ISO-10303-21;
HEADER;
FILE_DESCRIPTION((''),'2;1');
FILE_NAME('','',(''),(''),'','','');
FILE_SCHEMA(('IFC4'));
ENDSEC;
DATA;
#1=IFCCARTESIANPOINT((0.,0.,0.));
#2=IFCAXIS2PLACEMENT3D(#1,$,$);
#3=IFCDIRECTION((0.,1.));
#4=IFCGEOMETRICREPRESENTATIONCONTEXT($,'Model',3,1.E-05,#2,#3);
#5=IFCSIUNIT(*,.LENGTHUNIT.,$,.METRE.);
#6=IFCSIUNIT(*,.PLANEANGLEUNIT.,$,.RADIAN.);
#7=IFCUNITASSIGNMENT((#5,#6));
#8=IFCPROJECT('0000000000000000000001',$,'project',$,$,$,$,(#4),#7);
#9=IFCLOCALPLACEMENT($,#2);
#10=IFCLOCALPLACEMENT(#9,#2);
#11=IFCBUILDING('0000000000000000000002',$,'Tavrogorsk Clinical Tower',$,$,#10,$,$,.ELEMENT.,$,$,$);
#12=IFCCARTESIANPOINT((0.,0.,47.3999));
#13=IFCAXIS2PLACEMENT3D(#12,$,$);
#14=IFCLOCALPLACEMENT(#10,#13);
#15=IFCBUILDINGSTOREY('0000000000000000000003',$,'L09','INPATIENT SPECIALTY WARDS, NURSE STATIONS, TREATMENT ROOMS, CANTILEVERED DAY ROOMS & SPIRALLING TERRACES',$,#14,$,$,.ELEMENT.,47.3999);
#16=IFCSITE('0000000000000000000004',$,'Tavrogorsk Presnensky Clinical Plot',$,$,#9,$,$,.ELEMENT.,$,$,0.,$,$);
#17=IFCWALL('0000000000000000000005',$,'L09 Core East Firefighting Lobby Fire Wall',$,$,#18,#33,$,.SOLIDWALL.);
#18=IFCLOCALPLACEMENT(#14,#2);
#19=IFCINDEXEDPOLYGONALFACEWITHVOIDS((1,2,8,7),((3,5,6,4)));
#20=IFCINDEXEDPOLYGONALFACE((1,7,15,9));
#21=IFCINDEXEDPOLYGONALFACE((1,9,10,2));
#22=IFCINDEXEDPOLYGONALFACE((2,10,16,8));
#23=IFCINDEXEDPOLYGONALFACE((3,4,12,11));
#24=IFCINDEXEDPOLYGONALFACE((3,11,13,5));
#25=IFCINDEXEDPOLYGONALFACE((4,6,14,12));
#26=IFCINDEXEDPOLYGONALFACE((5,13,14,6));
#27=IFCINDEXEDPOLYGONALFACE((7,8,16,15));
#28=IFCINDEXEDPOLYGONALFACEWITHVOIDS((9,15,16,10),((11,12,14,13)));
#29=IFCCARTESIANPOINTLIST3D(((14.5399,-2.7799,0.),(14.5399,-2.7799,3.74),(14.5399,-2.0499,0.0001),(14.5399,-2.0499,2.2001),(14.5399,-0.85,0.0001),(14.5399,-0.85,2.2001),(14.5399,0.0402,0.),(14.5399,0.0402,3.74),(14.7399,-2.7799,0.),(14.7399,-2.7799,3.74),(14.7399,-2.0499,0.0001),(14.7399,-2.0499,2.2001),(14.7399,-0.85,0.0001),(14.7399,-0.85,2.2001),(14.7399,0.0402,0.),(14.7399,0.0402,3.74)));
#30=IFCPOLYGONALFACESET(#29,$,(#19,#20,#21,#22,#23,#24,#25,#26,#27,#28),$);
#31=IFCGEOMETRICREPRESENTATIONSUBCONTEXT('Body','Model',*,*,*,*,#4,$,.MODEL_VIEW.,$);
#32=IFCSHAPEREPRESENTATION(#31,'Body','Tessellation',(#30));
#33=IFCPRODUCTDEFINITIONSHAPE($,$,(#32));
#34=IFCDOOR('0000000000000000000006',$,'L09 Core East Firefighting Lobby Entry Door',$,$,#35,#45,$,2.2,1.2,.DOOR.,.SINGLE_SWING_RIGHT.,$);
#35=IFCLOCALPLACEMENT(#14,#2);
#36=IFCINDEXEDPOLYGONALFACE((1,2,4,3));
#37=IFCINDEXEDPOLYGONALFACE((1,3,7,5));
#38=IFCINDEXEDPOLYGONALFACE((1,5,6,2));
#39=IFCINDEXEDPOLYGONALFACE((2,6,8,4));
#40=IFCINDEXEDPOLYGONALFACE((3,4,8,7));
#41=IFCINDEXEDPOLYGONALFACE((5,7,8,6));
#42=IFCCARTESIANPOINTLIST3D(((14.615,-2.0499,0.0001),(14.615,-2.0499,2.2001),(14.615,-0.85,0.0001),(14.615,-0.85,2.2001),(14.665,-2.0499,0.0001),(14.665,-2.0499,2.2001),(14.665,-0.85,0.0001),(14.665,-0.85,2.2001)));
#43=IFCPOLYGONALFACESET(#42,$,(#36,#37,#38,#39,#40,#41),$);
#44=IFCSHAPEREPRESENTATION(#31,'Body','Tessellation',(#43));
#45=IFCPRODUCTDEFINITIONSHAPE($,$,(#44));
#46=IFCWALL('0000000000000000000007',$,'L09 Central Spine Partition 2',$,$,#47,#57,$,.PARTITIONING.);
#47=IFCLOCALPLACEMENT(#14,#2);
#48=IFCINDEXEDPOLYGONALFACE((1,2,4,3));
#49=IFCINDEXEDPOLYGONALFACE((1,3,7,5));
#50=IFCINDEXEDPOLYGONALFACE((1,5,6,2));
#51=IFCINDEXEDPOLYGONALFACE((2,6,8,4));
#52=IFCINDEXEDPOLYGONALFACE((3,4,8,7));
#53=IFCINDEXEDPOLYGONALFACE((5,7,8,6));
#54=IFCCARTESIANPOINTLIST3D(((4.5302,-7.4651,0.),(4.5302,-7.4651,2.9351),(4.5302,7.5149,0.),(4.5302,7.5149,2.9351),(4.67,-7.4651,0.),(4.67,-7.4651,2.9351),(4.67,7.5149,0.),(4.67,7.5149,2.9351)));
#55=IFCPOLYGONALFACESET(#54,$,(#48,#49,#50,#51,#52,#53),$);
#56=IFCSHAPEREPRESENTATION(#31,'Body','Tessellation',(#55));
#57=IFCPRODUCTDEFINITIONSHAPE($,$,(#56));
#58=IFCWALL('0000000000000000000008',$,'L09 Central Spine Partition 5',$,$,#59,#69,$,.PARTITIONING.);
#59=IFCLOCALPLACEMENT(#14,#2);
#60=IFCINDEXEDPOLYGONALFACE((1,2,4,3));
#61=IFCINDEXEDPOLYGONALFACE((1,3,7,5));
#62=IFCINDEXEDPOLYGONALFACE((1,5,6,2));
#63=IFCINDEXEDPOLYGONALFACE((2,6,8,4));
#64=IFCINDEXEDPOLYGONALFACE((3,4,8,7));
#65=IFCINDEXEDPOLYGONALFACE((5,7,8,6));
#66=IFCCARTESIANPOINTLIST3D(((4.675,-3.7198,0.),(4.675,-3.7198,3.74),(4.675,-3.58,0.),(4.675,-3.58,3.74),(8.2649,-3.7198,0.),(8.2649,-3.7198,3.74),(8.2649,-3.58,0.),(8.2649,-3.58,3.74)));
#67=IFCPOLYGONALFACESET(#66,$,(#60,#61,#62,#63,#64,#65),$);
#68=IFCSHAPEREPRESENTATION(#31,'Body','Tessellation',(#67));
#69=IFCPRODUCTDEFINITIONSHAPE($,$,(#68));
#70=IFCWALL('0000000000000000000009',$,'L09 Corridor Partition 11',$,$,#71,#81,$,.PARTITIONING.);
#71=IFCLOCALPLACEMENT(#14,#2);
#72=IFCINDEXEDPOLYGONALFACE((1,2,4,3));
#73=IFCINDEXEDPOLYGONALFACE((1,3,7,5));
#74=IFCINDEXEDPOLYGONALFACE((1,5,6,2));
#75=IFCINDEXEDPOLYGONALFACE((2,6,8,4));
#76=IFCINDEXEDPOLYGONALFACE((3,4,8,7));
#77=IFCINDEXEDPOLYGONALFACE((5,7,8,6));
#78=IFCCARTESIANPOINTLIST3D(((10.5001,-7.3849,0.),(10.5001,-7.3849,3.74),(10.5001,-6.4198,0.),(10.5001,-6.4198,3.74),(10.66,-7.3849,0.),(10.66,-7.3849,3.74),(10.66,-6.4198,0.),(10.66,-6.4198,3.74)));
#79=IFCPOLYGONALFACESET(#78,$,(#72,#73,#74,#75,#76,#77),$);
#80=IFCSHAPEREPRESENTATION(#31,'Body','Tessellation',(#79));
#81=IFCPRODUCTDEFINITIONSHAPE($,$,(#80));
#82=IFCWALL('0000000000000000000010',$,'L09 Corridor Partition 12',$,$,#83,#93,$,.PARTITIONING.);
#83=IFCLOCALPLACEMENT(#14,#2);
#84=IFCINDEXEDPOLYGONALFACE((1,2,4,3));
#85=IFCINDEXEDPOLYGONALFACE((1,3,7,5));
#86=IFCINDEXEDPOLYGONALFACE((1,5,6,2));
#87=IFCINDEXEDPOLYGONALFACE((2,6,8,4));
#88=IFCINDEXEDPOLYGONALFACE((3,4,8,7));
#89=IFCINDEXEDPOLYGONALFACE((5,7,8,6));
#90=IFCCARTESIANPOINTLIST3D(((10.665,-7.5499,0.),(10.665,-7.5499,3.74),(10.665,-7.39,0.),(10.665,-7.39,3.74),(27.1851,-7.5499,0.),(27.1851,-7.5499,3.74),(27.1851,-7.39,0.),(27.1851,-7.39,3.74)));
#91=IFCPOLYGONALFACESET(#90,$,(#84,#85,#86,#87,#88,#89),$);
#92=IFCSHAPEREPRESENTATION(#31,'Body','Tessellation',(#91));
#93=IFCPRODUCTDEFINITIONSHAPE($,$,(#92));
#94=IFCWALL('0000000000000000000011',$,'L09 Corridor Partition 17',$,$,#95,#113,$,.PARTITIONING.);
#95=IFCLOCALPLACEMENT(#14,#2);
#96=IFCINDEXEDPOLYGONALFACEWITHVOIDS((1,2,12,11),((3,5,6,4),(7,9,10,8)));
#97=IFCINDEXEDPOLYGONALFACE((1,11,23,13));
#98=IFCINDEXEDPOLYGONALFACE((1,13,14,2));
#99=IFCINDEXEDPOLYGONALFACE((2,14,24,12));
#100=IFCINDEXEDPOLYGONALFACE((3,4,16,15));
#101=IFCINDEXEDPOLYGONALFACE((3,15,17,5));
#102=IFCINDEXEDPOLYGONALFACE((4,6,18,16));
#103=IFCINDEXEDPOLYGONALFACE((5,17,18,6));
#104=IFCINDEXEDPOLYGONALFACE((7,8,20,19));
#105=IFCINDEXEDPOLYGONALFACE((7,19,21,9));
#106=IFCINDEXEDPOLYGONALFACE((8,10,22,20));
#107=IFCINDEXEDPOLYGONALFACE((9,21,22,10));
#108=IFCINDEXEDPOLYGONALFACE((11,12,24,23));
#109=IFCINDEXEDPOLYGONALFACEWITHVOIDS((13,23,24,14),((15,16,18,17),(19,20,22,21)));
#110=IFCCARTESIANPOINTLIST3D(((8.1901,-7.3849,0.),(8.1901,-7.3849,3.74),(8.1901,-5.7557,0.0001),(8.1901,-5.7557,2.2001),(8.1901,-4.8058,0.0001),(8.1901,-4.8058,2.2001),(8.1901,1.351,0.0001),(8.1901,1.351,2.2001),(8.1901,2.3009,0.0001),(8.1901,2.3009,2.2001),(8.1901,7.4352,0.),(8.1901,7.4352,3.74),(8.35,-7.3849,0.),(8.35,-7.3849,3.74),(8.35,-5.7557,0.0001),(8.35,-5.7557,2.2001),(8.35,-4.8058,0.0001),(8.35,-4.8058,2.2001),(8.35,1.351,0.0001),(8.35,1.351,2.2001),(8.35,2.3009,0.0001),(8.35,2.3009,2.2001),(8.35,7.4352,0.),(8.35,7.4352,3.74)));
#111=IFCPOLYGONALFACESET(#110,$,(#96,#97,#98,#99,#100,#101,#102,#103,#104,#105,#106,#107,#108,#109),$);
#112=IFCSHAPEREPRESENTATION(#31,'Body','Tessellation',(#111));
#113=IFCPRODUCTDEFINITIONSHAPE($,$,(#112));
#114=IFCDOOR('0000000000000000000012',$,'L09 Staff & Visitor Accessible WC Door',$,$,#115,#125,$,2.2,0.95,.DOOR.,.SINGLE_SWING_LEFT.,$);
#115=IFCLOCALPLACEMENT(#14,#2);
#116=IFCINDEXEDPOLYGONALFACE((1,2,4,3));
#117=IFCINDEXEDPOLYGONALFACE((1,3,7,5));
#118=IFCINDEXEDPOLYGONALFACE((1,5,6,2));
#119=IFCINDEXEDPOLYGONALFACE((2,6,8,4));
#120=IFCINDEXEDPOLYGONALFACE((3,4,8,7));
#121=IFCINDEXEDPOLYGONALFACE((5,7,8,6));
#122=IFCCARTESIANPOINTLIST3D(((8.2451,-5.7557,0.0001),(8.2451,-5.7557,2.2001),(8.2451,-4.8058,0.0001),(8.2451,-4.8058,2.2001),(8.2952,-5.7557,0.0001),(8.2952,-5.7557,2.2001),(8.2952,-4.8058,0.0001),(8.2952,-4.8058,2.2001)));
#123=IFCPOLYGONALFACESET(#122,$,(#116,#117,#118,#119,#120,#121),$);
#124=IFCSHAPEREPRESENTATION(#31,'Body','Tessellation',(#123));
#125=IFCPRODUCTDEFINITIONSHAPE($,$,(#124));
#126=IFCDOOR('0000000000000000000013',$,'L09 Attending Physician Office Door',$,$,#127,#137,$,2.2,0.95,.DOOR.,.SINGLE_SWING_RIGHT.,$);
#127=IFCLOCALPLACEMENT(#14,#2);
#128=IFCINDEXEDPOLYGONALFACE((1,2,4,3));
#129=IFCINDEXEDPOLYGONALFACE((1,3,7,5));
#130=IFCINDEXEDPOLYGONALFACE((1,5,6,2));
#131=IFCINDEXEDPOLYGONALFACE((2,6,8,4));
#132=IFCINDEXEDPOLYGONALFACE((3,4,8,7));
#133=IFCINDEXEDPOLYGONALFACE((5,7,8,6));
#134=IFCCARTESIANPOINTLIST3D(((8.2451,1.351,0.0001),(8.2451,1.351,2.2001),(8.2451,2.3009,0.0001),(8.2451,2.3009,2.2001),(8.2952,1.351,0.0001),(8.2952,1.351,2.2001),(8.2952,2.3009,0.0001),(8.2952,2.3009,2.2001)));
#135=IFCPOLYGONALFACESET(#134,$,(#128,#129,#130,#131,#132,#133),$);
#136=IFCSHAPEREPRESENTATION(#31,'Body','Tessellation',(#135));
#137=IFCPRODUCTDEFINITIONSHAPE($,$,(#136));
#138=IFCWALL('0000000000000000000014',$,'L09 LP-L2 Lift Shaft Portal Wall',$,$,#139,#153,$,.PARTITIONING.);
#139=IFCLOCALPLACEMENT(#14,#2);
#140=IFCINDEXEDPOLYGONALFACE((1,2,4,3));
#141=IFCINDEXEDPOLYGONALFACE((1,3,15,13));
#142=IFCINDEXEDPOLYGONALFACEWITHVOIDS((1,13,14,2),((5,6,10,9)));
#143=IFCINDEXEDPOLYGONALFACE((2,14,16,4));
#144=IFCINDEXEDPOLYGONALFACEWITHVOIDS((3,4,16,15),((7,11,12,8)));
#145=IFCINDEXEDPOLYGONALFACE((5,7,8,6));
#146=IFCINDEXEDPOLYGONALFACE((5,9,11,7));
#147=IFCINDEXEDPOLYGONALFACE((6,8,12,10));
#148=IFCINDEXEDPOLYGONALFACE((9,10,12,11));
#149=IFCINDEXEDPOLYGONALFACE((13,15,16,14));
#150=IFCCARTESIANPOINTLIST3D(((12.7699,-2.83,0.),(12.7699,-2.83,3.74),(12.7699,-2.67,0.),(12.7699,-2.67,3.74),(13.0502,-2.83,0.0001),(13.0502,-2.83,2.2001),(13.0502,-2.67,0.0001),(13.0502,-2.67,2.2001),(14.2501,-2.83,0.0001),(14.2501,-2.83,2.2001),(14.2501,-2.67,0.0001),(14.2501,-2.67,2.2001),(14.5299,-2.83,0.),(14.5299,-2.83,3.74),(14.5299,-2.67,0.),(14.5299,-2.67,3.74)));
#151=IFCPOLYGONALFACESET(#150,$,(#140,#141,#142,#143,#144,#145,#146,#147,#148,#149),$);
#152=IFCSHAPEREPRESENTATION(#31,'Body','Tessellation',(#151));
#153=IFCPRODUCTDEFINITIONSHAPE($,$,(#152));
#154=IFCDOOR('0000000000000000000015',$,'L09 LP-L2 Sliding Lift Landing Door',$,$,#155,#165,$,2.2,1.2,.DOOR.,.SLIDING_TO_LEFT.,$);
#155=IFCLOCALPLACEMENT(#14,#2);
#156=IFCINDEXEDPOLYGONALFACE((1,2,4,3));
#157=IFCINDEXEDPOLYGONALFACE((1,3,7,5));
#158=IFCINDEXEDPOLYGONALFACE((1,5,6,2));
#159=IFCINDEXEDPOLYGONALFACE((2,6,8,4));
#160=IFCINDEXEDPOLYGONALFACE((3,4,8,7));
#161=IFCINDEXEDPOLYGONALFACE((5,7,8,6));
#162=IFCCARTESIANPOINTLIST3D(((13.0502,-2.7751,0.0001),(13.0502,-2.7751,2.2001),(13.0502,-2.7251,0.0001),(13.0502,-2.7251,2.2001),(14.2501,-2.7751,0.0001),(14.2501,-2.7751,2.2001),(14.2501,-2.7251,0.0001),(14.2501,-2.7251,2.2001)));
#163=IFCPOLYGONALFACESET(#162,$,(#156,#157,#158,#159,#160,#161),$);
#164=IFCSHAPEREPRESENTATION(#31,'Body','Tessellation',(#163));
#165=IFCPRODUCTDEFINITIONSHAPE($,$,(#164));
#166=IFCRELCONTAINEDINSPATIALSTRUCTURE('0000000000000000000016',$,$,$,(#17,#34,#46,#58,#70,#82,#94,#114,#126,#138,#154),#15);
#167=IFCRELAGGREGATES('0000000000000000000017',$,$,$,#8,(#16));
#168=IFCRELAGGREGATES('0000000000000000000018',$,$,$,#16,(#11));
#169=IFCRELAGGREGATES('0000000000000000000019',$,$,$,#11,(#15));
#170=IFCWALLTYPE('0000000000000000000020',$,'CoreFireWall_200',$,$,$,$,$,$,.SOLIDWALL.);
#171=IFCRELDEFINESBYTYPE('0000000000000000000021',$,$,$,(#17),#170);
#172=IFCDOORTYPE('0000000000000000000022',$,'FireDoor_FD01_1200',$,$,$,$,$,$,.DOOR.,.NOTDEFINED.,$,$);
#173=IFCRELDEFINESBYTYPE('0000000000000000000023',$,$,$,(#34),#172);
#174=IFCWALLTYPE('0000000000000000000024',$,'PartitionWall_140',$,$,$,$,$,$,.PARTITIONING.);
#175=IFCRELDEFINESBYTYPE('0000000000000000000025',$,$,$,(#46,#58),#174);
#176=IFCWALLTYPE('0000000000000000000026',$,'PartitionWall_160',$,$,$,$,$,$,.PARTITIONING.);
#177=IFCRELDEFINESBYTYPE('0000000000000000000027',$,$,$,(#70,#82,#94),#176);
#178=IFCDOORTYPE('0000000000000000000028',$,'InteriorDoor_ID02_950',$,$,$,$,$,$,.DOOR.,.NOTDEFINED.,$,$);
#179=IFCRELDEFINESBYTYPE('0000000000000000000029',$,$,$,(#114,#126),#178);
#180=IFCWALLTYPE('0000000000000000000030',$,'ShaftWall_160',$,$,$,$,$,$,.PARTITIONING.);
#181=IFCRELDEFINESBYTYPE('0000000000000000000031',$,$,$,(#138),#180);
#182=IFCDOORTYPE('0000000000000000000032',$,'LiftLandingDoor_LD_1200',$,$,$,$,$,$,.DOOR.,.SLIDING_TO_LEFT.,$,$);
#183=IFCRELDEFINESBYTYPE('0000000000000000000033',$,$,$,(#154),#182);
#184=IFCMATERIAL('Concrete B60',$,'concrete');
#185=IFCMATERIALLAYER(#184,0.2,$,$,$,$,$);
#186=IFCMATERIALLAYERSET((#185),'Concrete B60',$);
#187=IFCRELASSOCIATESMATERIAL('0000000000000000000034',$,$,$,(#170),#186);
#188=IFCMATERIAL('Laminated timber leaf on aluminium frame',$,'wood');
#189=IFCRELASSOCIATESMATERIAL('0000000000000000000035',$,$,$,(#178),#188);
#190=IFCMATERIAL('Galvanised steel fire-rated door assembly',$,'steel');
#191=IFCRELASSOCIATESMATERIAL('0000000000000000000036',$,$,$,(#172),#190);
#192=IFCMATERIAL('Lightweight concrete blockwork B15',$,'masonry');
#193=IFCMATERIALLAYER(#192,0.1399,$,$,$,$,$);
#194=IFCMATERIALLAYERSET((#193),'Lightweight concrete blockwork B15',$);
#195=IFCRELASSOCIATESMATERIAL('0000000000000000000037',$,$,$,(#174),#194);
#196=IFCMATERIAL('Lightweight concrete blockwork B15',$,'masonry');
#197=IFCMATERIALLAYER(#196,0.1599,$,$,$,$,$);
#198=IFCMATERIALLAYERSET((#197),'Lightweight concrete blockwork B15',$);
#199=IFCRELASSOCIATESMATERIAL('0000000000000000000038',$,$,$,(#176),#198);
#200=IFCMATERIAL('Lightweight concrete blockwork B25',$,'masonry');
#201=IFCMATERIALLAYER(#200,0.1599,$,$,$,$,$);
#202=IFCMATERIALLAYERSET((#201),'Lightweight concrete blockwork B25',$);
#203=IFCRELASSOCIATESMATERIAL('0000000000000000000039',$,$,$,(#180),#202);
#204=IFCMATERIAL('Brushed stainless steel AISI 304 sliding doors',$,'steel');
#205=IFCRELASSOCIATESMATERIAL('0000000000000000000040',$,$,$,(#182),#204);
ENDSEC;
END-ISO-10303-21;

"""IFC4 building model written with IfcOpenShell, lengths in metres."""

from ifc_helpers import new_model, si_unit, direction, frame, frame_2d, origin, place, context, subcontext, project, spatial, rectangle, extrude, material, layer, layer_set, type_object, element, fill, save


model = new_model("IFC4")

# Units and contexts
model_context = context("Model", 3, precision=1e-05, world=origin(), true_north=direction((0.0, 1.0)))
body_context = subcontext(model_context, "Body", "Model", "MODEL_VIEW")
ifc_project = project(units=[si_unit("LENGTHUNIT", "METRE"), si_unit("PLANEANGLEUNIT", "RADIAN")], contexts=[model_context])

# Site, building, storey
site_placement = place(None, origin())
site = spatial("IfcSite", under=ifc_project, at=site_placement, Name="Tavrogorsk Presnensky Clinical Plot", CompositionType="ELEMENT", RefElevation=0.0)
building_placement = place(site_placement, origin())
building = spatial("IfcBuilding", under=site, at=building_placement, Name="Tavrogorsk Clinical Tower", CompositionType="ELEMENT")
storey_placement = place(building_placement, frame((0.0, 0.0, 47.3999)))
storey = spatial("IfcBuildingStorey", under=building, at=storey_placement, Name="L09", Description="INPATIENT SPECIALTY WARDS, NURSE STATIONS, TREATMENT ROOMS, CANTILEVERED DAY ROOMS & SPIRALLING TERRACES", CompositionType="ELEMENT", Elevation=47.3999)

# Wall, opening, door
ifc_material_1 = material(Name="Concrete B60", Category="concrete")
ifc_layer_1 = layer(ifc_material_1, 0.2)
ifc_layer_set_1 = layer_set([ifc_layer_1], Name="Concrete B60")
wall_type_1 = type_object("IfcWallType", Name="CoreFireWall_200", PredefinedType="SOLIDWALL", material=ifc_layer_set_1)
ifc_material_2 = material(Name="Laminated timber leaf on aluminium frame", Category="wood")
door_type_1 = type_object("IfcDoorType", Name="InteriorDoor_ID02_950", OperationType="NOTDEFINED", PredefinedType="DOOR", material=ifc_material_2)
wall_1_placement = place(storey_placement, frame((14.6399, -2.78, 0.0), z_axis=(0.0, 0.0, 1.0), x_axis=(0.0, 1.0, 0.0)))
wall_1 = element("IfcWall", 1, at=wall_1_placement, inside=storey, type_object=wall_type_1, Name="L09 Core East Firefighting Lobby Fire Wall", PredefinedType="SOLIDWALL", context=body_context, shape_type="SweptSolid", body=[
    extrude(rectangle(XDim=2.8201, YDim=0.2, at=frame_2d((1.4102, 0.0))), origin(), (0.0, 0.0, 1.0), 3.74),
])
opening_1_placement = place(wall_1_placement, frame((0.73, 0.0, 0.0)))
opening_1 = element("IfcOpeningElement", 2, at=opening_1_placement, cuts=wall_1, PredefinedType="OPENING", context=body_context, shape_type="SweptSolid", body=[
    extrude(rectangle(XDim=1.2, YDim=2.2, at=frame_2d((0.6001, 1.1001))), frame((0.0, 0.1099, 0.0), z_axis=(0.0, -1.0, 0.0), x_axis=(1.0, 0.0, 0.0)), (0.0, 0.0, 1.0), 0.22),
])
ifc_material_3 = material(Name="Galvanised steel fire-rated door assembly", Category="steel")
door_type_2 = type_object("IfcDoorType", Name="FireDoor_FD01_1200", OperationType="NOTDEFINED", PredefinedType="DOOR", material=ifc_material_3)
door_1_placement = place(opening_1_placement, origin())
door_1 = element("IfcDoor", 3, at=door_1_placement, inside=storey, type_object=door_type_2, Name="L09 Core East Firefighting Lobby Entry Door", OperationType="SINGLE_SWING_RIGHT", OverallHeight=2.2, OverallWidth=1.2, PredefinedType="DOOR", context=body_context, shape_type="SweptSolid", body=[
    extrude(rectangle(XDim=1.2, YDim=2.2, at=frame_2d((0.6001, 1.1001))), frame((0.0, 0.0249, 0.0), z_axis=(0.0, -1.0, 0.0), x_axis=(1.0, 0.0, 0.0)), (0.0, 0.0, 1.0), 0.05),
])
fill(opening_1, door_1)

# Walls
ifc_material_4 = material(Name="Lightweight concrete blockwork B15", Category="masonry")
ifc_layer_2 = layer(ifc_material_4, 0.1399)
ifc_layer_set_2 = layer_set([ifc_layer_2], Name="Lightweight concrete blockwork B15")
wall_type_2 = type_object("IfcWallType", Name="PartitionWall_140", PredefinedType="PARTITIONING", material=ifc_layer_set_2)
wall_2_placement = place(storey_placement, frame((4.6001, -7.4651, 0.0), z_axis=(0.0, 0.0, 1.0), x_axis=(0.0, 1.0, 0.0)))
element("IfcWall", 4, at=wall_2_placement, inside=storey, type_object=wall_type_2, Name="L09 Central Spine Partition 2", PredefinedType="PARTITIONING", context=body_context, shape_type="SweptSolid", body=[
    extrude(rectangle(XDim=14.98, YDim=0.1399, at=frame_2d((7.49, 0.0))), origin(), (0.0, 0.0, 1.0), 2.9351),
])
wall_3_placement = place(storey_placement, frame((4.675, -3.6499, 0.0), z_axis=(0.0, 0.0, 1.0), x_axis=(1.0, 0.0, 0.0)))
element("IfcWall", 5, at=wall_3_placement, inside=storey, type_object=wall_type_2, Name="L09 Central Spine Partition 5", PredefinedType="PARTITIONING", context=body_context, shape_type="SweptSolid", body=[
    extrude(rectangle(XDim=3.5898, YDim=0.1399, at=frame_2d((1.7949, 0.0))), origin(), (0.0, 0.0, 1.0), 3.74),
])
ifc_material_5 = material(Name="Lightweight concrete blockwork B15", Category="masonry")
ifc_layer_3 = layer(ifc_material_5, 0.1599)
ifc_layer_set_3 = layer_set([ifc_layer_3], Name="Lightweight concrete blockwork B15")
wall_type_3 = type_object("IfcWallType", Name="PartitionWall_160", PredefinedType="PARTITIONING", material=ifc_layer_set_3)
wall_4_placement = place(storey_placement, frame((10.5801, -6.4199, 0.0), z_axis=(0.0, 0.0, 1.0), x_axis=(0.0, -1.0, 0.0)))
element("IfcWall", 6, at=wall_4_placement, inside=storey, type_object=wall_type_3, Name="L09 Corridor Partition 11", PredefinedType="PARTITIONING", context=body_context, shape_type="SweptSolid", body=[
    extrude(rectangle(XDim=0.9651, YDim=0.1599, at=frame_2d((0.4824, 0.0))), origin(), (0.0, 0.0, 1.0), 3.74),
])
wall_5_placement = place(storey_placement, frame((10.665, -7.47, 0.0), z_axis=(0.0, 0.0, 1.0), x_axis=(1.0, 0.0, 0.0)))
element("IfcWall", 7, at=wall_5_placement, inside=storey, type_object=wall_type_3, Name="L09 Corridor Partition 12", PredefinedType="PARTITIONING", context=body_context, shape_type="SweptSolid", body=[
    extrude(rectangle(XDim=16.52, YDim=0.1599, at=frame_2d((8.26, 0.0))), origin(), (0.0, 0.0, 1.0), 3.74),
])

# Wall, openings, doors
wall_6_placement = place(storey_placement, frame((8.27, -7.385, 0.0), z_axis=(0.0, 0.0, 1.0), x_axis=(0.0, 1.0, 0.0)))
wall_6 = element("IfcWall", 8, at=wall_6_placement, inside=storey, type_object=wall_type_3, Name="L09 Corridor Partition 17", PredefinedType="PARTITIONING", context=body_context, shape_type="SweptSolid", body=[
    extrude(rectangle(XDim=14.8201, YDim=0.1599, at=frame_2d((7.4102, 0.0))), origin(), (0.0, 0.0, 1.0), 3.74),
])
opening_2_placement = place(wall_6_placement, frame((1.6292, 0.0, 0.0)))
opening_2 = element("IfcOpeningElement", 9, at=opening_2_placement, cuts=wall_6, PredefinedType="OPENING", context=body_context, shape_type="SweptSolid", body=[
    extrude(rectangle(XDim=0.95, YDim=2.2, at=frame_2d((0.4751, 1.1001))), frame((0.0, 0.0898, 0.0), z_axis=(0.0, -1.0, 0.0), x_axis=(1.0, 0.0, 0.0)), (0.0, 0.0, 1.0), 0.1799),
])
opening_3_placement = place(wall_6_placement, frame((8.7358, 0.0, 0.0)))
opening_3 = element("IfcOpeningElement", 10, at=opening_3_placement, cuts=wall_6, PredefinedType="OPENING", context=body_context, shape_type="SweptSolid", body=[
    extrude(rectangle(XDim=0.95, YDim=2.2, at=frame_2d((0.4751, 1.1001))), frame((0.0, 0.0898, 0.0), z_axis=(0.0, -1.0, 0.0), x_axis=(1.0, 0.0, 0.0)), (0.0, 0.0, 1.0), 0.1799),
])
door_2_placement = place(opening_2_placement, origin())
door_2 = element("IfcDoor", 11, at=door_2_placement, inside=storey, type_object=door_type_1, Name="L09 Staff & Visitor Accessible WC Door", OperationType="SINGLE_SWING_LEFT", OverallHeight=2.2, OverallWidth=0.95, PredefinedType="DOOR", context=body_context, shape_type="SweptSolid", body=[
    extrude(rectangle(XDim=0.95, YDim=2.2, at=frame_2d((0.4751, 1.1001))), frame((0.0, 0.0249, 0.0), z_axis=(0.0, -1.0, 0.0), x_axis=(1.0, 0.0, 0.0)), (0.0, 0.0, 1.0), 0.05),
])
fill(opening_2, door_2)
door_3_placement = place(opening_3_placement, origin())
door_3 = element("IfcDoor", 12, at=door_3_placement, inside=storey, type_object=door_type_1, Name="L09 Attending Physician Office Door", OperationType="SINGLE_SWING_RIGHT", OverallHeight=2.2, OverallWidth=0.95, PredefinedType="DOOR", context=body_context, shape_type="SweptSolid", body=[
    extrude(rectangle(XDim=0.95, YDim=2.2, at=frame_2d((0.4751, 1.1001))), frame((0.0, 0.0249, 0.0), z_axis=(0.0, -1.0, 0.0), x_axis=(1.0, 0.0, 0.0)), (0.0, 0.0, 1.0), 0.05),
])
fill(opening_3, door_3)

# Wall, opening, door
ifc_material_6 = material(Name="Lightweight concrete blockwork B25", Category="masonry")
ifc_layer_4 = layer(ifc_material_6, 0.1599)
ifc_layer_set_4 = layer_set([ifc_layer_4], Name="Lightweight concrete blockwork B25")
wall_type_4 = type_object("IfcWallType", Name="ShaftWall_160", PredefinedType="PARTITIONING", material=ifc_layer_set_4)
wall_7_placement = place(storey_placement, frame((12.77, -2.75, 0.0), z_axis=(0.0, 0.0, 1.0), x_axis=(1.0, 0.0, 0.0)))
wall_7 = element("IfcWall", 13, at=wall_7_placement, inside=storey, type_object=wall_type_4, Name="L09 LP-L2 Lift Shaft Portal Wall", PredefinedType="PARTITIONING", context=body_context, shape_type="SweptSolid", body=[
    extrude(rectangle(XDim=1.76, YDim=0.1599, at=frame_2d((0.8799, 0.0))), origin(), (0.0, 0.0, 1.0), 3.74),
])
opening_4_placement = place(wall_7_placement, frame((0.28, 0.0, 0.0)))
opening_4 = element("IfcOpeningElement", 14, at=opening_4_placement, cuts=wall_7, PredefinedType="OPENING", context=body_context, shape_type="SweptSolid", body=[
    extrude(rectangle(XDim=1.2, YDim=2.2, at=frame_2d((0.6001, 1.1001))), frame((0.0, 0.0898, 0.0), z_axis=(0.0, -1.0, 0.0), x_axis=(1.0, 0.0, 0.0)), (0.0, 0.0, 1.0), 0.1799),
])
ifc_material_7 = material(Name="Brushed stainless steel AISI 304 sliding doors", Category="steel")
door_type_3 = type_object("IfcDoorType", Name="LiftLandingDoor_LD_1200", OperationType="SLIDING_TO_LEFT", PredefinedType="DOOR", material=ifc_material_7)
door_4_placement = place(opening_4_placement, origin())
door_4 = element("IfcDoor", 15, at=door_4_placement, inside=storey, type_object=door_type_3, Name="L09 LP-L2 Sliding Lift Landing Door", OperationType="SLIDING_TO_LEFT", OverallHeight=2.2, OverallWidth=1.2, PredefinedType="DOOR", context=body_context, shape_type="SweptSolid", body=[
    extrude(rectangle(XDim=1.2, YDim=2.2, at=frame_2d((0.6001, 1.1001))), frame((0.0, 0.0249, 0.0), z_axis=(0.0, -1.0, 0.0), x_axis=(1.0, 0.0, 0.0)), (0.0, 0.0, 1.0), 0.05),
])
fill(opening_4, door_4)

save(model, "model.ifc")
